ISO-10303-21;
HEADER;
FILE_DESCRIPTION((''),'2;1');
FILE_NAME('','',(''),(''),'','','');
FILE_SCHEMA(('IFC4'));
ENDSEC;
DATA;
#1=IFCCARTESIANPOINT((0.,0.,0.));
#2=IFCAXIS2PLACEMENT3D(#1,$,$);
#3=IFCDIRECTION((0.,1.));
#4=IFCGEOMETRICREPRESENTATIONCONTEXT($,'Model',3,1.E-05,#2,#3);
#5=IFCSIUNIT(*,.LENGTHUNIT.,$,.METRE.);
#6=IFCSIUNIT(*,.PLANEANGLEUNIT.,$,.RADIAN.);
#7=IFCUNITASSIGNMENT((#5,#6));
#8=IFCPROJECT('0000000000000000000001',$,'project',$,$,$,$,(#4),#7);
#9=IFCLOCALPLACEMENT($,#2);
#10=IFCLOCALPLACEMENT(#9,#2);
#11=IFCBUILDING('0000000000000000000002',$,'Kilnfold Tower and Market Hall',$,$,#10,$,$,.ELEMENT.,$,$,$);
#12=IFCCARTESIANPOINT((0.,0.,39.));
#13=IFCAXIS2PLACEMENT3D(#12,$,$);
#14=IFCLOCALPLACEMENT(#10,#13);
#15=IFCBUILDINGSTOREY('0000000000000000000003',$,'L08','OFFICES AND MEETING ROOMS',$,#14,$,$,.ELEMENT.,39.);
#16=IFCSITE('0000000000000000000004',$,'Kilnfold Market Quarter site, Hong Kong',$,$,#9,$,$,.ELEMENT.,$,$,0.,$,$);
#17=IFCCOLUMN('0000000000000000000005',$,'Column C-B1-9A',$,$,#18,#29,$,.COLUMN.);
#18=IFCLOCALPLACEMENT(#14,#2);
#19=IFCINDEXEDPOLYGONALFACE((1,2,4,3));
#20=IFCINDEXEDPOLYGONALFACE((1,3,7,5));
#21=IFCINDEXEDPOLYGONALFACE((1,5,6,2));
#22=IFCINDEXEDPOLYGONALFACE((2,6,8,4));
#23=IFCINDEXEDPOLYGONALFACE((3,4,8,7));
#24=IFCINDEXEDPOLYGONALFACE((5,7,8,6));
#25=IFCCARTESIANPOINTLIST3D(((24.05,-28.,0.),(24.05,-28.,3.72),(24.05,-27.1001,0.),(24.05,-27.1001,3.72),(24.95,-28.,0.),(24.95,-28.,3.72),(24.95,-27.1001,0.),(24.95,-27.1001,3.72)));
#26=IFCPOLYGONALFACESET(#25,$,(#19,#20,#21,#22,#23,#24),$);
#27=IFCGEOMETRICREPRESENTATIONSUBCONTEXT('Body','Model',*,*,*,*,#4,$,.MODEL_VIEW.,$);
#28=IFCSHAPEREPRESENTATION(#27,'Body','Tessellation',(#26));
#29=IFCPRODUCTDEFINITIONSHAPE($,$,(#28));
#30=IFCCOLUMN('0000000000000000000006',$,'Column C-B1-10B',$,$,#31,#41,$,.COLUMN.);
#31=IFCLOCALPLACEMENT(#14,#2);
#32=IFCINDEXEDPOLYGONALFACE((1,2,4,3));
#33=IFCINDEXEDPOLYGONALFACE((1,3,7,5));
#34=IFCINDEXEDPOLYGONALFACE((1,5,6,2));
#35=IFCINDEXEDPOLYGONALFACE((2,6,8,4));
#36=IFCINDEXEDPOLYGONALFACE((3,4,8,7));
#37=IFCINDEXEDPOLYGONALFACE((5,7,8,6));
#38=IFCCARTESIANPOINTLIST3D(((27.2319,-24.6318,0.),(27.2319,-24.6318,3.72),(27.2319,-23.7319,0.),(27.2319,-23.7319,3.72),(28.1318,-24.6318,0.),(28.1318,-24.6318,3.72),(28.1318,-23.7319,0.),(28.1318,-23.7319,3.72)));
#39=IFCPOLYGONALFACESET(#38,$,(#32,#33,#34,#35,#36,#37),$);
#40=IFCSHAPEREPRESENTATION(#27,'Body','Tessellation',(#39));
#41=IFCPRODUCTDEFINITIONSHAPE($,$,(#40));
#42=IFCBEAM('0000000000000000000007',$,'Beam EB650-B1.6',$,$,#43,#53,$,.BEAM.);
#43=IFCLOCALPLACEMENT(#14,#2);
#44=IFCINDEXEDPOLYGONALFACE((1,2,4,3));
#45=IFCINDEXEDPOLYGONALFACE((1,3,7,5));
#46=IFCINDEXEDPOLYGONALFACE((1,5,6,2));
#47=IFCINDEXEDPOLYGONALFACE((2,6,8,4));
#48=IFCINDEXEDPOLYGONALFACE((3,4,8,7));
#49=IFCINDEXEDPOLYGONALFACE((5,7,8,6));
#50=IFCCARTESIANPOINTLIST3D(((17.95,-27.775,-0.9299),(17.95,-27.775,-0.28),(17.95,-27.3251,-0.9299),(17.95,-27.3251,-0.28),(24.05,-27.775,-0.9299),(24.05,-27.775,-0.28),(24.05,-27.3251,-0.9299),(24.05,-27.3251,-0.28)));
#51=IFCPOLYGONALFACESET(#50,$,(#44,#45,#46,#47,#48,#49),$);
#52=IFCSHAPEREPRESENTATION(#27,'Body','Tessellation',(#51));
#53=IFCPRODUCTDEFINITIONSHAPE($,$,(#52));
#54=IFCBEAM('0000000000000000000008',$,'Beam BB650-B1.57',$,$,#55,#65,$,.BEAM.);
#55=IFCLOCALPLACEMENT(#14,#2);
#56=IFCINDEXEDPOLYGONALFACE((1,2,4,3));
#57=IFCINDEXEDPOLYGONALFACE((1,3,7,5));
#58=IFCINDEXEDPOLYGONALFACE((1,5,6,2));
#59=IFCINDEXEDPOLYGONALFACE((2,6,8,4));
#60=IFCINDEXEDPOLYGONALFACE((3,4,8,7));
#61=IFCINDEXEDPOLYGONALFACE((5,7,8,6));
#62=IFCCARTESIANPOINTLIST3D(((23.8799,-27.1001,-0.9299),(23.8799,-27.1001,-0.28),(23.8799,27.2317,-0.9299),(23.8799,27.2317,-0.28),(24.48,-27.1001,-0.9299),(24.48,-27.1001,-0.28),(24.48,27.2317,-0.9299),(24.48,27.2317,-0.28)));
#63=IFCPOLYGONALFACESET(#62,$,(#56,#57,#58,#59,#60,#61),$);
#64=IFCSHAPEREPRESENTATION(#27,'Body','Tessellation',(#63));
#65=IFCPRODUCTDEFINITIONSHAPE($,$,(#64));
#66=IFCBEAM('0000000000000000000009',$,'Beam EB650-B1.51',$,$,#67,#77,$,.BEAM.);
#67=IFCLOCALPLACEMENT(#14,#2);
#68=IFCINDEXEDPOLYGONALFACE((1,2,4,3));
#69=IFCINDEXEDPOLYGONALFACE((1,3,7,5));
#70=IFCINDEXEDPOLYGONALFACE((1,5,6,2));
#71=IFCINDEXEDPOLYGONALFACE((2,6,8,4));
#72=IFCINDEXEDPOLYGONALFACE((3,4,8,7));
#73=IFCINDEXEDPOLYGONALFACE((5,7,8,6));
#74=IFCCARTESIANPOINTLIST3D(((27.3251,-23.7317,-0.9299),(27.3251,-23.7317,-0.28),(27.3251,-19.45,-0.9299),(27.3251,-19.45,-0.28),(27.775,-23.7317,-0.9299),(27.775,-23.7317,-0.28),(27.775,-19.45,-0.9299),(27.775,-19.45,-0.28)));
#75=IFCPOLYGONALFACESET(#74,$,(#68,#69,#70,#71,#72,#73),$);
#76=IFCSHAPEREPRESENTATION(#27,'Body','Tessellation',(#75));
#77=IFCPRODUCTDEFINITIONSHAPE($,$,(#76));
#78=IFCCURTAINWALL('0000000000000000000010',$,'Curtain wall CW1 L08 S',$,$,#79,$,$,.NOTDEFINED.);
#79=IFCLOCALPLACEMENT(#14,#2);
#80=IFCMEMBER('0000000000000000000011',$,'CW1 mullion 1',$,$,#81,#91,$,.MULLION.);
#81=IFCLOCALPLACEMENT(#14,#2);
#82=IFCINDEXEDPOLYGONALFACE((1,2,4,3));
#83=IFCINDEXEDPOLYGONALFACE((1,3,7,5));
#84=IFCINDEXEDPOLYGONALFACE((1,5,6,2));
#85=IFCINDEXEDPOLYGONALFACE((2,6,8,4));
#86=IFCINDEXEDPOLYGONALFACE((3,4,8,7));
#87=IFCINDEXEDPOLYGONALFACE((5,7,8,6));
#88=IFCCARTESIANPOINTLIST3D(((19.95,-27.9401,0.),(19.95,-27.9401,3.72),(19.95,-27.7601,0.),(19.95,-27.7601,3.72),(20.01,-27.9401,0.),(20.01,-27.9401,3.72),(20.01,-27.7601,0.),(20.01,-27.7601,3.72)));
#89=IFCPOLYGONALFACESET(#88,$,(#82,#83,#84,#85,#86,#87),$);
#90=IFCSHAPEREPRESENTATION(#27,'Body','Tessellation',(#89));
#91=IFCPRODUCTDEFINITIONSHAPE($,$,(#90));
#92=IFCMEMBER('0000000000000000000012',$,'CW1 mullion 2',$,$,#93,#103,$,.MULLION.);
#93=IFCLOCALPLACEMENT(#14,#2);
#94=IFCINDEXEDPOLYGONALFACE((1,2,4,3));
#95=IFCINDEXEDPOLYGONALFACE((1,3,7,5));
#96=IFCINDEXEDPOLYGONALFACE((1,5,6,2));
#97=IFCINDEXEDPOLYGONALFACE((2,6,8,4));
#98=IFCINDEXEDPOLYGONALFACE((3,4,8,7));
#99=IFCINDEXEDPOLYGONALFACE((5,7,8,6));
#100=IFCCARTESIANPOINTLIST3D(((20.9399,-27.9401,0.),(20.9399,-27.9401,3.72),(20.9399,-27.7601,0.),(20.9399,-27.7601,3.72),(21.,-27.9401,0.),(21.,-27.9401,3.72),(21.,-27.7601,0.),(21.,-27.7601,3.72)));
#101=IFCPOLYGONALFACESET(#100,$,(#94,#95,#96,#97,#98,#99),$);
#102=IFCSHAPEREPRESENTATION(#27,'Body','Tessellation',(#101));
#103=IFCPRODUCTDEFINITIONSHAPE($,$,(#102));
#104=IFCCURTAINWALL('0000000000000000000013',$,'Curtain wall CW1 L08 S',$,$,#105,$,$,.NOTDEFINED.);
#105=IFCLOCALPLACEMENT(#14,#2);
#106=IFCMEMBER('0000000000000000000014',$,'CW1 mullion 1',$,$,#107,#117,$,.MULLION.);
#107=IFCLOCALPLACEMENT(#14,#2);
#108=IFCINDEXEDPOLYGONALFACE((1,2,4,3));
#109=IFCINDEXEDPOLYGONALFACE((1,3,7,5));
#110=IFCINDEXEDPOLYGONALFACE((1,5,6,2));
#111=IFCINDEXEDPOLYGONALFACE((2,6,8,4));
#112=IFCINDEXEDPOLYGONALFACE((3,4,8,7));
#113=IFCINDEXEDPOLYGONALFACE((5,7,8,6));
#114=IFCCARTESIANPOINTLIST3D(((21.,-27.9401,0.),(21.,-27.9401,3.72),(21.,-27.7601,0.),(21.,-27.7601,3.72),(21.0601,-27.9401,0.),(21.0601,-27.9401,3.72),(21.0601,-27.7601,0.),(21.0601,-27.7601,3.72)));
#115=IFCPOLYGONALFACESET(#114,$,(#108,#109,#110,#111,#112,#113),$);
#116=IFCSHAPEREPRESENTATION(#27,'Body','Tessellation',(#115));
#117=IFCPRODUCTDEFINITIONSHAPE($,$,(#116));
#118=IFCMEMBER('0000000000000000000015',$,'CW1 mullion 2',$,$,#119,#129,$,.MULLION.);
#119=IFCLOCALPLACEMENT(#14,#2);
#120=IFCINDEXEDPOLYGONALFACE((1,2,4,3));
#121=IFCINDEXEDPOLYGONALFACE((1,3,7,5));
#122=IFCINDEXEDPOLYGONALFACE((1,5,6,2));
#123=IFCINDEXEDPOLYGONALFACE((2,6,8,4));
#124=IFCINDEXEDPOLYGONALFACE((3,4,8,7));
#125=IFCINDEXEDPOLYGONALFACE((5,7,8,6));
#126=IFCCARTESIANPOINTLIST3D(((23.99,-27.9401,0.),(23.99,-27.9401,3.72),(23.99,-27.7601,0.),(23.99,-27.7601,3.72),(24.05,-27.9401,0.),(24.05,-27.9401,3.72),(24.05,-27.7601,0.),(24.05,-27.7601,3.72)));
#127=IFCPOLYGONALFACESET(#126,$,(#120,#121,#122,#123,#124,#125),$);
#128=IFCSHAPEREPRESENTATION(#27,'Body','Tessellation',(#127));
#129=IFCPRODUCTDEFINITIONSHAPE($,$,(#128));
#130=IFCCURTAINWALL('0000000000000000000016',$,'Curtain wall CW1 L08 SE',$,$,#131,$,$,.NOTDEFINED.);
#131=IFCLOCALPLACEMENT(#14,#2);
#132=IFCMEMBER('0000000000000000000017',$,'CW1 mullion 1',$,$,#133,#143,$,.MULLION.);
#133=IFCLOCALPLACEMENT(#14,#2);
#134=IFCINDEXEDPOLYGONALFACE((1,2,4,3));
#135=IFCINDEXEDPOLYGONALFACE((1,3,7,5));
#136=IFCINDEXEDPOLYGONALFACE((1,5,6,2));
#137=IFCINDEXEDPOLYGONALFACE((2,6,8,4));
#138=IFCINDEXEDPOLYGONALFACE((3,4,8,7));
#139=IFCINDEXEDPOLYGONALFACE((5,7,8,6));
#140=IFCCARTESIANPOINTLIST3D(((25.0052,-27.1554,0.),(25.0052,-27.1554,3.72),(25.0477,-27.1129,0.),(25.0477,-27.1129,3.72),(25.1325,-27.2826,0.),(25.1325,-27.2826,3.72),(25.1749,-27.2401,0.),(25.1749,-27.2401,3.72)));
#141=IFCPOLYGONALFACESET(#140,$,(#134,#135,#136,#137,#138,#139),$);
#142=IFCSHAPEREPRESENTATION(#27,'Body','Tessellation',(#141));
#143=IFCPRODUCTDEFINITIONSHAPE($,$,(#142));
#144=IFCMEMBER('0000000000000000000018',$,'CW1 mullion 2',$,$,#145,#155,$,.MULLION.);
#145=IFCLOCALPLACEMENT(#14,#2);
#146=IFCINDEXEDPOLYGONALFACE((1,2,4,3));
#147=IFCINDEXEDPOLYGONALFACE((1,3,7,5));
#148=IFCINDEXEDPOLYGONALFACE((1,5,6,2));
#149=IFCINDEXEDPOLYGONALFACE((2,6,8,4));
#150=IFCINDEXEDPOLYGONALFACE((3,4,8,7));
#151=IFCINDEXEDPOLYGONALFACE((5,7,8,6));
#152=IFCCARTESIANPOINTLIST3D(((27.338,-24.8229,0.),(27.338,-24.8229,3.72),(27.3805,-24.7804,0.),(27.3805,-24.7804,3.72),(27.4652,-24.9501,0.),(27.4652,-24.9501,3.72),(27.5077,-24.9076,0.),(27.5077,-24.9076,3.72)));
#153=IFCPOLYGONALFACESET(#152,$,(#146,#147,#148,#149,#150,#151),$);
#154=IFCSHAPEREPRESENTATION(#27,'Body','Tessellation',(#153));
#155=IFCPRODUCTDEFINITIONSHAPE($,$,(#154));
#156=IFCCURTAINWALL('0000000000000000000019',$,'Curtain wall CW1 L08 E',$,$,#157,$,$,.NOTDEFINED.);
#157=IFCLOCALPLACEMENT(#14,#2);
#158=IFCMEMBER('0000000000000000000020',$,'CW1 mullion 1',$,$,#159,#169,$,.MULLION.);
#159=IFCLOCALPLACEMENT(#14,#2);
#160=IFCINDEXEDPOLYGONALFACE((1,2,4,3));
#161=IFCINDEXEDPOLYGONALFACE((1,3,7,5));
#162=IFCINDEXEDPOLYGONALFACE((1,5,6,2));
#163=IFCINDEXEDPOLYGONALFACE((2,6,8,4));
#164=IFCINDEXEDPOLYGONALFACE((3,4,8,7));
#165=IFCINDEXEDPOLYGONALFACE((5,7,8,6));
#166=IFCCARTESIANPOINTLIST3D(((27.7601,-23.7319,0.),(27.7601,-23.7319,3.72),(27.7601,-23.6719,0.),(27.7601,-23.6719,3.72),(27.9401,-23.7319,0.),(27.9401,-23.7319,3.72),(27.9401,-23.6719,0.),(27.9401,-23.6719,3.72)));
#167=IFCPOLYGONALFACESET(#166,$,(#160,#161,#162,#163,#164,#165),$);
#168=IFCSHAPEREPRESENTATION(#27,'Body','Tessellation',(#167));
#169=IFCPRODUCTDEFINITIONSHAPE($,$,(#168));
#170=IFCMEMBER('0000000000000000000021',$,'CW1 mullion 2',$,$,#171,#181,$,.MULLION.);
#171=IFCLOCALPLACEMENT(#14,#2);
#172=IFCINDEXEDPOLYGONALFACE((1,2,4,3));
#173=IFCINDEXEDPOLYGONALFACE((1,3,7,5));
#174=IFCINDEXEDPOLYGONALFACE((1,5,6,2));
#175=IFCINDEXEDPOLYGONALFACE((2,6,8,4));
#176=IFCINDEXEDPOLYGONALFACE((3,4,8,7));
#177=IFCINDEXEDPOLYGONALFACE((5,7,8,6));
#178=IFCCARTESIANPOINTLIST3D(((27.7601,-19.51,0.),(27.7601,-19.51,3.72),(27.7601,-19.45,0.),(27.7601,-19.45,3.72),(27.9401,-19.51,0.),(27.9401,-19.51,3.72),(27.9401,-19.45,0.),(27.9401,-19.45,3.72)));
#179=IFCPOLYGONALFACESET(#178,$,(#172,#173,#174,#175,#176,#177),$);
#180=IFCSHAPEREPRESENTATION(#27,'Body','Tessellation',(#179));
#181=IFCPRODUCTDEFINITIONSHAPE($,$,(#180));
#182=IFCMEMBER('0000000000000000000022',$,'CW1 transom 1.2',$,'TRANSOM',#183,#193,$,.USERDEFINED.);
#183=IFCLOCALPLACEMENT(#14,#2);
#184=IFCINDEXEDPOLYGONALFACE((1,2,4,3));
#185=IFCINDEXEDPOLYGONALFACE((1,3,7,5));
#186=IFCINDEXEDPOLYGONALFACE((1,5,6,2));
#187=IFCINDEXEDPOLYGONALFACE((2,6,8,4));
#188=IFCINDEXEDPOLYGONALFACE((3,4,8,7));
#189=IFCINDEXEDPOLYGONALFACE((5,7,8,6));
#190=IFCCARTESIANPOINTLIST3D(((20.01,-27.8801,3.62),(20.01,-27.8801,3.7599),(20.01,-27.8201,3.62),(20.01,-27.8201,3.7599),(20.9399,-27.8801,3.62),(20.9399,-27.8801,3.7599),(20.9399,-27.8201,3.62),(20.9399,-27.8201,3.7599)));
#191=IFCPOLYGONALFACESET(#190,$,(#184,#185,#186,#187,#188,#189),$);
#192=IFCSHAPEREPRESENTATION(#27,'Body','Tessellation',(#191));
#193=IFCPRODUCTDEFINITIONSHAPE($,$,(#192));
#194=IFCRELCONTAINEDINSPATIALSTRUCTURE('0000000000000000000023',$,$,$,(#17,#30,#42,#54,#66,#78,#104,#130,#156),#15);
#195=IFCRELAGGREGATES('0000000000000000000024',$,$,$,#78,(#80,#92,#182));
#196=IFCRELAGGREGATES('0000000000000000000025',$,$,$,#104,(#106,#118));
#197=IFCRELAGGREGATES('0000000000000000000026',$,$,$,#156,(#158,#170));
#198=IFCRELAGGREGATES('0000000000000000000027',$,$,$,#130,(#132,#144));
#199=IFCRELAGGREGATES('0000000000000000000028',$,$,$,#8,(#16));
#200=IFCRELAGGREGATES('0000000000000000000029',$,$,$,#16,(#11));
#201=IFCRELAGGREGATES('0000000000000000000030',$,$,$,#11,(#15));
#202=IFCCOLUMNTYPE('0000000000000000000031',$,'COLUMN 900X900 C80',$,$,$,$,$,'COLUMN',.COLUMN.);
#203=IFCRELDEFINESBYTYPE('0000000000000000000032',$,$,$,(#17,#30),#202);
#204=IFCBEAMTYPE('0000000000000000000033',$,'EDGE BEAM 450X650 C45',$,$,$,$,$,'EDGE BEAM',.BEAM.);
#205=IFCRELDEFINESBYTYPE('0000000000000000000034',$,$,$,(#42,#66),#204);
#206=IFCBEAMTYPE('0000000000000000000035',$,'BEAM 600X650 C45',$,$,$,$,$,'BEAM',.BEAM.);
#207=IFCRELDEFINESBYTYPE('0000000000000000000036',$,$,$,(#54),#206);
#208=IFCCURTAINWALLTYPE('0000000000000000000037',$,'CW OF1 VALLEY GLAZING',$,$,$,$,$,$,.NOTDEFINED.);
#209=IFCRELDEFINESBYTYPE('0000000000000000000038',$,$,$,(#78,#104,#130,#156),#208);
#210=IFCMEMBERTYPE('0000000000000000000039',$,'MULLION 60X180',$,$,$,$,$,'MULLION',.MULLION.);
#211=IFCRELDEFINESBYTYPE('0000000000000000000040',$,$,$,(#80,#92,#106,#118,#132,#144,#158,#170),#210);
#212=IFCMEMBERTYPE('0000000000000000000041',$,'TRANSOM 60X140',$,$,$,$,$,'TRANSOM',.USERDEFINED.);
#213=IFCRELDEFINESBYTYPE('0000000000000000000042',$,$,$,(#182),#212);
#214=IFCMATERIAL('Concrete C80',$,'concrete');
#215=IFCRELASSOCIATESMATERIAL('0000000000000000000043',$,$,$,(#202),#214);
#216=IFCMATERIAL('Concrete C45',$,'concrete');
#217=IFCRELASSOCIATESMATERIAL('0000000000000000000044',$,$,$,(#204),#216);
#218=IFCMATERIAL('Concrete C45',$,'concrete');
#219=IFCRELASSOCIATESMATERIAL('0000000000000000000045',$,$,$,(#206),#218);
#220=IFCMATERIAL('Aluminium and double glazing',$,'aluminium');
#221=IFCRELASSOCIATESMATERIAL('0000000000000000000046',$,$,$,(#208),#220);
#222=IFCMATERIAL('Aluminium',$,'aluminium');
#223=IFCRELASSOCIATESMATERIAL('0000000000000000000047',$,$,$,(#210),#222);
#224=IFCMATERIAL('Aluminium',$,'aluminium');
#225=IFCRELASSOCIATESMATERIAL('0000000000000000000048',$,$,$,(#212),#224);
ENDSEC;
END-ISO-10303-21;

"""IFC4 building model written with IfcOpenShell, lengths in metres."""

from ifc_helpers import new_model, si_unit, direction, frame, origin, origin_2d, place, context, subcontext, project, spatial, rectangle, extrude, source, transform, mapped, material, material_profile, profile_set, type_object, element, aggregate, save


model = new_model("IFC4")

# Units and contexts
model_context = context("Model", 3, precision=1e-05, world=origin(), true_north=direction((0.0, 1.0)))
body_context = subcontext(model_context, "Body", "Model", "MODEL_VIEW")
ifc_project = project(units=[si_unit("LENGTHUNIT", "METRE"), si_unit("PLANEANGLEUNIT", "RADIAN")], contexts=[model_context])

# Site, building, storey
site_placement = place(None, origin())
site = spatial("IfcSite", under=ifc_project, at=site_placement, Name="Kilnfold Market Quarter site, Hong Kong", CompositionType="ELEMENT", RefElevation=0.0)
building_placement = place(site_placement, origin())
building = spatial("IfcBuilding", under=site, at=building_placement, Name="Kilnfold Tower and Market Hall", CompositionType="ELEMENT")
storey_placement = place(building_placement, frame((0.0, 0.0, 39.0)))
storey = spatial("IfcBuildingStorey", under=building, at=storey_placement, Name="L08", Description="OFFICES AND MEETING ROOMS", CompositionType="ELEMENT", Elevation=39.0)

# Columns
ifc_material_1 = material(Name="Concrete C80", Category="concrete")
ifc_material_profile_1 = material_profile(ifc_material_1, rectangle(XDim=0.8999, YDim=0.8999, at=origin_2d()), Name="RC 900x900")
ifc_profile_set_1 = profile_set([ifc_material_profile_1], Name="Concrete C80")
column_type = type_object("IfcColumnType", Name="COLUMN 900X900 C80", ElementType="COLUMN", PredefinedType="COLUMN", material=ifc_profile_set_1)
shared_shape_1 = source(origin(), body_context, "Body", "SweptSolid", [
    extrude(rectangle(XDim=0.8999, YDim=0.8999, at=origin_2d()), origin(), (0.0, 0.0, 1.0), 3.72),
])
for number, where, z_axis, x_axis, name in (
    (1, (24.5, -27.55, 0.0), (0.0, 0.0, 1.0), (1.0, 0.0, 0.0), "Column C-B1-9A"),
    (2, (27.6819, -24.1819, 0.0), (0.0, 0.0, 1.0), (1.0, 0.0, 0.0), "Column C-B1-10B"),
):
    element("IfcColumn", number, at=place(storey_placement, frame(where, z_axis=z_axis, x_axis=x_axis)), inside=storey, type_object=column_type, Name=name, PredefinedType="COLUMN", context=body_context, shape_type="MappedRepresentation", body=[
        mapped(shared_shape_1, transform((0.0, 0.0, 0.0))),
    ])

# Beams
ifc_material_2 = material(Name="Concrete C45", Category="concrete")
ifc_material_profile_2 = material_profile(ifc_material_2, rectangle(XDim=0.45, YDim=0.6499, at=origin_2d()), Name="RC 450x650")
ifc_profile_set_2 = profile_set([ifc_material_profile_2], Name="Concrete C45")
beam_type_1 = type_object("IfcBeamType", Name="EDGE BEAM 450X650 C45", ElementType="EDGE BEAM", PredefinedType="BEAM", material=ifc_profile_set_2)
shared_shape_2 = source(origin(), body_context, "Body", "SweptSolid", [
    extrude(rectangle(XDim=0.45, YDim=0.6499, at=origin_2d()), origin(), (0.0, 0.0, 1.0), 6.1001),
])
beam_1_placement = place(storey_placement, frame((17.95, -27.55, -0.605), z_axis=(1.0, 0.0, 0.0), x_axis=(0.0, 1.0, 0.0)))
element("IfcBeam", 3, at=beam_1_placement, inside=storey, type_object=beam_type_1, Name="Beam EB650-B1.6", PredefinedType="BEAM", context=body_context, shape_type="MappedRepresentation", body=[
    mapped(shared_shape_2, transform((0.0, 0.0, 0.0))),
])
ifc_material_3 = material(Name="Concrete C45", Category="concrete")
ifc_material_profile_3 = material_profile(ifc_material_3, rectangle(XDim=0.6001, YDim=0.6499, at=origin_2d()), Name="RC 600x650")
ifc_profile_set_3 = profile_set([ifc_material_profile_3], Name="Concrete C45")
beam_type_2 = type_object("IfcBeamType", Name="BEAM 600X650 C45", ElementType="BEAM", PredefinedType="BEAM", material=ifc_profile_set_3)
shared_shape_3 = source(origin(), body_context, "Body", "SweptSolid", [
    extrude(rectangle(XDim=0.6001, YDim=0.6499, at=origin_2d()), origin(), (0.0, 0.0, 1.0), 54.3318),
])
beam_2_placement = place(storey_placement, frame((24.1799, -27.1001, -0.605), z_axis=(0.0, 1.0, 0.0), x_axis=(-1.0, 0.0, 0.0)))
element("IfcBeam", 4, at=beam_2_placement, inside=storey, type_object=beam_type_2, Name="Beam BB650-B1.57", PredefinedType="BEAM", context=body_context, shape_type="MappedRepresentation", body=[
    mapped(shared_shape_3, transform((0.0, 0.0, 0.0))),
])
shared_shape_4 = source(origin(), body_context, "Body", "SweptSolid", [
    extrude(rectangle(XDim=0.45, YDim=0.6499, at=origin_2d()), origin(), (0.0, 0.0, 1.0), 4.2817),
])
beam_3_placement = place(storey_placement, frame((27.55, -23.7317, -0.605), z_axis=(0.0, 1.0, 0.0), x_axis=(-1.0, 0.0, 0.0)))
element("IfcBeam", 5, at=beam_3_placement, inside=storey, type_object=beam_type_1, Name="Beam EB650-B1.51", PredefinedType="BEAM", context=body_context, shape_type="MappedRepresentation", body=[
    mapped(shared_shape_4, transform((0.0, 0.0, 0.0))),
])

# Curtain walls, members
ifc_material_4 = material(Name="Aluminium and double glazing", Category="aluminium")
curtain_wall_type = type_object("IfcCurtainWallType", Name="CW OF1 VALLEY GLAZING", PredefinedType="NOTDEFINED", material=ifc_material_4)
curtain_wall_1_placement = place(storey_placement, origin())
curtain_wall_1 = element("IfcCurtainWall", 6, at=curtain_wall_1_placement, inside=storey, type_object=curtain_wall_type, Name="Curtain wall CW1 L08 S", PredefinedType="NOTDEFINED")
ifc_material_5 = material(Name="Aluminium", Category="aluminium")
ifc_material_profile_4 = material_profile(ifc_material_5, rectangle(XDim=0.0601, YDim=0.1799, at=origin_2d()), Name="MULLION 60x180")
ifc_profile_set_4 = profile_set([ifc_material_profile_4], Name="Aluminium")
member_type_1 = type_object("IfcMemberType", Name="MULLION 60X180", ElementType="MULLION", PredefinedType="MULLION", material=ifc_profile_set_4)
shared_shape_5 = source(origin(), body_context, "Body", "SweptSolid", [
    extrude(rectangle(XDim=0.0601, YDim=0.1799, at=origin_2d()), origin(), (0.0, 0.0, 1.0), 3.72),
])
member_1_placement = place(storey_placement, frame((19.98, -27.8501, 0.0), z_axis=(0.0, 0.0, 1.0), x_axis=(1.0, 0.0, 0.0)))
member_1 = element("IfcMember", 7, at=member_1_placement, type_object=member_type_1, Name="CW1 mullion 1", PredefinedType="MULLION", context=body_context, shape_type="MappedRepresentation", body=[
    mapped(shared_shape_5, transform((0.0, 0.0, 0.0))),
])
member_2_placement = place(storey_placement, frame((20.97, -27.8501, 0.0), z_axis=(0.0, 0.0, 1.0), x_axis=(1.0, 0.0, 0.0)))
member_2 = element("IfcMember", 8, at=member_2_placement, type_object=member_type_1, Name="CW1 mullion 2", PredefinedType="MULLION", context=body_context, shape_type="MappedRepresentation", body=[
    mapped(shared_shape_5, transform((0.0, 0.0, 0.0))),
])
curtain_wall_2_placement = place(storey_placement, origin())
curtain_wall_2 = element("IfcCurtainWall", 9, at=curtain_wall_2_placement, inside=storey, type_object=curtain_wall_type, Name="Curtain wall CW1 L08 S", PredefinedType="NOTDEFINED")
member_3_placement = place(storey_placement, frame((21.03, -27.8501, 0.0), z_axis=(0.0, 0.0, 1.0), x_axis=(1.0, 0.0, 0.0)))
member_3 = element("IfcMember", 10, at=member_3_placement, type_object=member_type_1, Name="CW1 mullion 1", PredefinedType="MULLION", context=body_context, shape_type="MappedRepresentation", body=[
    mapped(shared_shape_5, transform((0.0, 0.0, 0.0))),
])
member_4_placement = place(storey_placement, frame((24.02, -27.8501, 0.0), z_axis=(0.0, 0.0, 1.0), x_axis=(1.0, 0.0, 0.0)))
member_4 = element("IfcMember", 11, at=member_4_placement, type_object=member_type_1, Name="CW1 mullion 2", PredefinedType="MULLION", context=body_context, shape_type="MappedRepresentation", body=[
    mapped(shared_shape_5, transform((0.0, 0.0, 0.0))),
])
curtain_wall_3_placement = place(storey_placement, origin())
curtain_wall_3 = element("IfcCurtainWall", 12, at=curtain_wall_3_placement, inside=storey, type_object=curtain_wall_type, Name="Curtain wall CW1 L08 SE", PredefinedType="NOTDEFINED")
member_5_placement = place(storey_placement, frame((25.0901, -27.1978, 0.0), z_axis=(0.0, 0.0, 1.0), x_axis=(0.707122, 0.707092, 0.0)))
member_5 = element("IfcMember", 13, at=member_5_placement, type_object=member_type_1, Name="CW1 mullion 1", PredefinedType="MULLION", context=body_context, shape_type="MappedRepresentation", body=[
    mapped(shared_shape_5, transform((0.0, 0.0, 0.0))),
])
member_6_placement = place(storey_placement, frame((27.4229, -24.8652, 0.0), z_axis=(0.0, 0.0, 1.0), x_axis=(0.707122, 0.707092, 0.0)))
member_6 = element("IfcMember", 14, at=member_6_placement, type_object=member_type_1, Name="CW1 mullion 2", PredefinedType="MULLION", context=body_context, shape_type="MappedRepresentation", body=[
    mapped(shared_shape_5, transform((0.0, 0.0, 0.0))),
])
curtain_wall_4_placement = place(storey_placement, origin())
curtain_wall_4 = element("IfcCurtainWall", 15, at=curtain_wall_4_placement, inside=storey, type_object=curtain_wall_type, Name="Curtain wall CW1 L08 E", PredefinedType="NOTDEFINED")
member_7_placement = place(storey_placement, frame((27.8501, -23.7019, 0.0), z_axis=(0.0, 0.0, 1.0), x_axis=(0.0, 1.0, 0.0)))
member_7 = element("IfcMember", 16, at=member_7_placement, type_object=member_type_1, Name="CW1 mullion 1", PredefinedType="MULLION", context=body_context, shape_type="MappedRepresentation", body=[
    mapped(shared_shape_5, transform((0.0, 0.0, 0.0))),
])
member_8_placement = place(storey_placement, frame((27.8501, -19.48, 0.0), z_axis=(0.0, 0.0, 1.0), x_axis=(0.0, 1.0, 0.0)))
member_8 = element("IfcMember", 17, at=member_8_placement, type_object=member_type_1, Name="CW1 mullion 2", PredefinedType="MULLION", context=body_context, shape_type="MappedRepresentation", body=[
    mapped(shared_shape_5, transform((0.0, 0.0, 0.0))),
])

# Member
ifc_material_6 = material(Name="Aluminium", Category="aluminium")
ifc_material_profile_5 = material_profile(ifc_material_6, rectangle(XDim=0.0601, YDim=0.1399, at=origin_2d()), Name="TRANSOM 60x140")
ifc_profile_set_5 = profile_set([ifc_material_profile_5], Name="Aluminium")
member_type_2 = type_object("IfcMemberType", Name="TRANSOM 60X140", ElementType="TRANSOM", PredefinedType="USERDEFINED", material=ifc_profile_set_5)
shared_shape_6 = source(origin(), body_context, "Body", "SweptSolid", [
    extrude(rectangle(XDim=0.0601, YDim=0.1399, at=origin_2d()), origin(), (0.0, 0.0, 1.0), 0.9299),
])
member_9_placement = place(storey_placement, frame((20.01, -27.8501, 3.6899), z_axis=(1.0, 0.0, 0.0), x_axis=(0.0, 1.0, 0.0)))
member_9 = element("IfcMember", 18, at=member_9_placement, type_object=member_type_2, Name="CW1 transom 1.2", ObjectType="TRANSOM", PredefinedType="USERDEFINED", context=body_context, shape_type="MappedRepresentation", body=[
    mapped(shared_shape_6, transform((0.0, 0.0, 0.0))),
])

aggregate(curtain_wall_1, [member_1, member_2, member_9])
aggregate(curtain_wall_2, [member_3, member_4])
aggregate(curtain_wall_4, [member_7, member_8])
aggregate(curtain_wall_3, [member_5, member_6])

save(model, "model.ifc")
